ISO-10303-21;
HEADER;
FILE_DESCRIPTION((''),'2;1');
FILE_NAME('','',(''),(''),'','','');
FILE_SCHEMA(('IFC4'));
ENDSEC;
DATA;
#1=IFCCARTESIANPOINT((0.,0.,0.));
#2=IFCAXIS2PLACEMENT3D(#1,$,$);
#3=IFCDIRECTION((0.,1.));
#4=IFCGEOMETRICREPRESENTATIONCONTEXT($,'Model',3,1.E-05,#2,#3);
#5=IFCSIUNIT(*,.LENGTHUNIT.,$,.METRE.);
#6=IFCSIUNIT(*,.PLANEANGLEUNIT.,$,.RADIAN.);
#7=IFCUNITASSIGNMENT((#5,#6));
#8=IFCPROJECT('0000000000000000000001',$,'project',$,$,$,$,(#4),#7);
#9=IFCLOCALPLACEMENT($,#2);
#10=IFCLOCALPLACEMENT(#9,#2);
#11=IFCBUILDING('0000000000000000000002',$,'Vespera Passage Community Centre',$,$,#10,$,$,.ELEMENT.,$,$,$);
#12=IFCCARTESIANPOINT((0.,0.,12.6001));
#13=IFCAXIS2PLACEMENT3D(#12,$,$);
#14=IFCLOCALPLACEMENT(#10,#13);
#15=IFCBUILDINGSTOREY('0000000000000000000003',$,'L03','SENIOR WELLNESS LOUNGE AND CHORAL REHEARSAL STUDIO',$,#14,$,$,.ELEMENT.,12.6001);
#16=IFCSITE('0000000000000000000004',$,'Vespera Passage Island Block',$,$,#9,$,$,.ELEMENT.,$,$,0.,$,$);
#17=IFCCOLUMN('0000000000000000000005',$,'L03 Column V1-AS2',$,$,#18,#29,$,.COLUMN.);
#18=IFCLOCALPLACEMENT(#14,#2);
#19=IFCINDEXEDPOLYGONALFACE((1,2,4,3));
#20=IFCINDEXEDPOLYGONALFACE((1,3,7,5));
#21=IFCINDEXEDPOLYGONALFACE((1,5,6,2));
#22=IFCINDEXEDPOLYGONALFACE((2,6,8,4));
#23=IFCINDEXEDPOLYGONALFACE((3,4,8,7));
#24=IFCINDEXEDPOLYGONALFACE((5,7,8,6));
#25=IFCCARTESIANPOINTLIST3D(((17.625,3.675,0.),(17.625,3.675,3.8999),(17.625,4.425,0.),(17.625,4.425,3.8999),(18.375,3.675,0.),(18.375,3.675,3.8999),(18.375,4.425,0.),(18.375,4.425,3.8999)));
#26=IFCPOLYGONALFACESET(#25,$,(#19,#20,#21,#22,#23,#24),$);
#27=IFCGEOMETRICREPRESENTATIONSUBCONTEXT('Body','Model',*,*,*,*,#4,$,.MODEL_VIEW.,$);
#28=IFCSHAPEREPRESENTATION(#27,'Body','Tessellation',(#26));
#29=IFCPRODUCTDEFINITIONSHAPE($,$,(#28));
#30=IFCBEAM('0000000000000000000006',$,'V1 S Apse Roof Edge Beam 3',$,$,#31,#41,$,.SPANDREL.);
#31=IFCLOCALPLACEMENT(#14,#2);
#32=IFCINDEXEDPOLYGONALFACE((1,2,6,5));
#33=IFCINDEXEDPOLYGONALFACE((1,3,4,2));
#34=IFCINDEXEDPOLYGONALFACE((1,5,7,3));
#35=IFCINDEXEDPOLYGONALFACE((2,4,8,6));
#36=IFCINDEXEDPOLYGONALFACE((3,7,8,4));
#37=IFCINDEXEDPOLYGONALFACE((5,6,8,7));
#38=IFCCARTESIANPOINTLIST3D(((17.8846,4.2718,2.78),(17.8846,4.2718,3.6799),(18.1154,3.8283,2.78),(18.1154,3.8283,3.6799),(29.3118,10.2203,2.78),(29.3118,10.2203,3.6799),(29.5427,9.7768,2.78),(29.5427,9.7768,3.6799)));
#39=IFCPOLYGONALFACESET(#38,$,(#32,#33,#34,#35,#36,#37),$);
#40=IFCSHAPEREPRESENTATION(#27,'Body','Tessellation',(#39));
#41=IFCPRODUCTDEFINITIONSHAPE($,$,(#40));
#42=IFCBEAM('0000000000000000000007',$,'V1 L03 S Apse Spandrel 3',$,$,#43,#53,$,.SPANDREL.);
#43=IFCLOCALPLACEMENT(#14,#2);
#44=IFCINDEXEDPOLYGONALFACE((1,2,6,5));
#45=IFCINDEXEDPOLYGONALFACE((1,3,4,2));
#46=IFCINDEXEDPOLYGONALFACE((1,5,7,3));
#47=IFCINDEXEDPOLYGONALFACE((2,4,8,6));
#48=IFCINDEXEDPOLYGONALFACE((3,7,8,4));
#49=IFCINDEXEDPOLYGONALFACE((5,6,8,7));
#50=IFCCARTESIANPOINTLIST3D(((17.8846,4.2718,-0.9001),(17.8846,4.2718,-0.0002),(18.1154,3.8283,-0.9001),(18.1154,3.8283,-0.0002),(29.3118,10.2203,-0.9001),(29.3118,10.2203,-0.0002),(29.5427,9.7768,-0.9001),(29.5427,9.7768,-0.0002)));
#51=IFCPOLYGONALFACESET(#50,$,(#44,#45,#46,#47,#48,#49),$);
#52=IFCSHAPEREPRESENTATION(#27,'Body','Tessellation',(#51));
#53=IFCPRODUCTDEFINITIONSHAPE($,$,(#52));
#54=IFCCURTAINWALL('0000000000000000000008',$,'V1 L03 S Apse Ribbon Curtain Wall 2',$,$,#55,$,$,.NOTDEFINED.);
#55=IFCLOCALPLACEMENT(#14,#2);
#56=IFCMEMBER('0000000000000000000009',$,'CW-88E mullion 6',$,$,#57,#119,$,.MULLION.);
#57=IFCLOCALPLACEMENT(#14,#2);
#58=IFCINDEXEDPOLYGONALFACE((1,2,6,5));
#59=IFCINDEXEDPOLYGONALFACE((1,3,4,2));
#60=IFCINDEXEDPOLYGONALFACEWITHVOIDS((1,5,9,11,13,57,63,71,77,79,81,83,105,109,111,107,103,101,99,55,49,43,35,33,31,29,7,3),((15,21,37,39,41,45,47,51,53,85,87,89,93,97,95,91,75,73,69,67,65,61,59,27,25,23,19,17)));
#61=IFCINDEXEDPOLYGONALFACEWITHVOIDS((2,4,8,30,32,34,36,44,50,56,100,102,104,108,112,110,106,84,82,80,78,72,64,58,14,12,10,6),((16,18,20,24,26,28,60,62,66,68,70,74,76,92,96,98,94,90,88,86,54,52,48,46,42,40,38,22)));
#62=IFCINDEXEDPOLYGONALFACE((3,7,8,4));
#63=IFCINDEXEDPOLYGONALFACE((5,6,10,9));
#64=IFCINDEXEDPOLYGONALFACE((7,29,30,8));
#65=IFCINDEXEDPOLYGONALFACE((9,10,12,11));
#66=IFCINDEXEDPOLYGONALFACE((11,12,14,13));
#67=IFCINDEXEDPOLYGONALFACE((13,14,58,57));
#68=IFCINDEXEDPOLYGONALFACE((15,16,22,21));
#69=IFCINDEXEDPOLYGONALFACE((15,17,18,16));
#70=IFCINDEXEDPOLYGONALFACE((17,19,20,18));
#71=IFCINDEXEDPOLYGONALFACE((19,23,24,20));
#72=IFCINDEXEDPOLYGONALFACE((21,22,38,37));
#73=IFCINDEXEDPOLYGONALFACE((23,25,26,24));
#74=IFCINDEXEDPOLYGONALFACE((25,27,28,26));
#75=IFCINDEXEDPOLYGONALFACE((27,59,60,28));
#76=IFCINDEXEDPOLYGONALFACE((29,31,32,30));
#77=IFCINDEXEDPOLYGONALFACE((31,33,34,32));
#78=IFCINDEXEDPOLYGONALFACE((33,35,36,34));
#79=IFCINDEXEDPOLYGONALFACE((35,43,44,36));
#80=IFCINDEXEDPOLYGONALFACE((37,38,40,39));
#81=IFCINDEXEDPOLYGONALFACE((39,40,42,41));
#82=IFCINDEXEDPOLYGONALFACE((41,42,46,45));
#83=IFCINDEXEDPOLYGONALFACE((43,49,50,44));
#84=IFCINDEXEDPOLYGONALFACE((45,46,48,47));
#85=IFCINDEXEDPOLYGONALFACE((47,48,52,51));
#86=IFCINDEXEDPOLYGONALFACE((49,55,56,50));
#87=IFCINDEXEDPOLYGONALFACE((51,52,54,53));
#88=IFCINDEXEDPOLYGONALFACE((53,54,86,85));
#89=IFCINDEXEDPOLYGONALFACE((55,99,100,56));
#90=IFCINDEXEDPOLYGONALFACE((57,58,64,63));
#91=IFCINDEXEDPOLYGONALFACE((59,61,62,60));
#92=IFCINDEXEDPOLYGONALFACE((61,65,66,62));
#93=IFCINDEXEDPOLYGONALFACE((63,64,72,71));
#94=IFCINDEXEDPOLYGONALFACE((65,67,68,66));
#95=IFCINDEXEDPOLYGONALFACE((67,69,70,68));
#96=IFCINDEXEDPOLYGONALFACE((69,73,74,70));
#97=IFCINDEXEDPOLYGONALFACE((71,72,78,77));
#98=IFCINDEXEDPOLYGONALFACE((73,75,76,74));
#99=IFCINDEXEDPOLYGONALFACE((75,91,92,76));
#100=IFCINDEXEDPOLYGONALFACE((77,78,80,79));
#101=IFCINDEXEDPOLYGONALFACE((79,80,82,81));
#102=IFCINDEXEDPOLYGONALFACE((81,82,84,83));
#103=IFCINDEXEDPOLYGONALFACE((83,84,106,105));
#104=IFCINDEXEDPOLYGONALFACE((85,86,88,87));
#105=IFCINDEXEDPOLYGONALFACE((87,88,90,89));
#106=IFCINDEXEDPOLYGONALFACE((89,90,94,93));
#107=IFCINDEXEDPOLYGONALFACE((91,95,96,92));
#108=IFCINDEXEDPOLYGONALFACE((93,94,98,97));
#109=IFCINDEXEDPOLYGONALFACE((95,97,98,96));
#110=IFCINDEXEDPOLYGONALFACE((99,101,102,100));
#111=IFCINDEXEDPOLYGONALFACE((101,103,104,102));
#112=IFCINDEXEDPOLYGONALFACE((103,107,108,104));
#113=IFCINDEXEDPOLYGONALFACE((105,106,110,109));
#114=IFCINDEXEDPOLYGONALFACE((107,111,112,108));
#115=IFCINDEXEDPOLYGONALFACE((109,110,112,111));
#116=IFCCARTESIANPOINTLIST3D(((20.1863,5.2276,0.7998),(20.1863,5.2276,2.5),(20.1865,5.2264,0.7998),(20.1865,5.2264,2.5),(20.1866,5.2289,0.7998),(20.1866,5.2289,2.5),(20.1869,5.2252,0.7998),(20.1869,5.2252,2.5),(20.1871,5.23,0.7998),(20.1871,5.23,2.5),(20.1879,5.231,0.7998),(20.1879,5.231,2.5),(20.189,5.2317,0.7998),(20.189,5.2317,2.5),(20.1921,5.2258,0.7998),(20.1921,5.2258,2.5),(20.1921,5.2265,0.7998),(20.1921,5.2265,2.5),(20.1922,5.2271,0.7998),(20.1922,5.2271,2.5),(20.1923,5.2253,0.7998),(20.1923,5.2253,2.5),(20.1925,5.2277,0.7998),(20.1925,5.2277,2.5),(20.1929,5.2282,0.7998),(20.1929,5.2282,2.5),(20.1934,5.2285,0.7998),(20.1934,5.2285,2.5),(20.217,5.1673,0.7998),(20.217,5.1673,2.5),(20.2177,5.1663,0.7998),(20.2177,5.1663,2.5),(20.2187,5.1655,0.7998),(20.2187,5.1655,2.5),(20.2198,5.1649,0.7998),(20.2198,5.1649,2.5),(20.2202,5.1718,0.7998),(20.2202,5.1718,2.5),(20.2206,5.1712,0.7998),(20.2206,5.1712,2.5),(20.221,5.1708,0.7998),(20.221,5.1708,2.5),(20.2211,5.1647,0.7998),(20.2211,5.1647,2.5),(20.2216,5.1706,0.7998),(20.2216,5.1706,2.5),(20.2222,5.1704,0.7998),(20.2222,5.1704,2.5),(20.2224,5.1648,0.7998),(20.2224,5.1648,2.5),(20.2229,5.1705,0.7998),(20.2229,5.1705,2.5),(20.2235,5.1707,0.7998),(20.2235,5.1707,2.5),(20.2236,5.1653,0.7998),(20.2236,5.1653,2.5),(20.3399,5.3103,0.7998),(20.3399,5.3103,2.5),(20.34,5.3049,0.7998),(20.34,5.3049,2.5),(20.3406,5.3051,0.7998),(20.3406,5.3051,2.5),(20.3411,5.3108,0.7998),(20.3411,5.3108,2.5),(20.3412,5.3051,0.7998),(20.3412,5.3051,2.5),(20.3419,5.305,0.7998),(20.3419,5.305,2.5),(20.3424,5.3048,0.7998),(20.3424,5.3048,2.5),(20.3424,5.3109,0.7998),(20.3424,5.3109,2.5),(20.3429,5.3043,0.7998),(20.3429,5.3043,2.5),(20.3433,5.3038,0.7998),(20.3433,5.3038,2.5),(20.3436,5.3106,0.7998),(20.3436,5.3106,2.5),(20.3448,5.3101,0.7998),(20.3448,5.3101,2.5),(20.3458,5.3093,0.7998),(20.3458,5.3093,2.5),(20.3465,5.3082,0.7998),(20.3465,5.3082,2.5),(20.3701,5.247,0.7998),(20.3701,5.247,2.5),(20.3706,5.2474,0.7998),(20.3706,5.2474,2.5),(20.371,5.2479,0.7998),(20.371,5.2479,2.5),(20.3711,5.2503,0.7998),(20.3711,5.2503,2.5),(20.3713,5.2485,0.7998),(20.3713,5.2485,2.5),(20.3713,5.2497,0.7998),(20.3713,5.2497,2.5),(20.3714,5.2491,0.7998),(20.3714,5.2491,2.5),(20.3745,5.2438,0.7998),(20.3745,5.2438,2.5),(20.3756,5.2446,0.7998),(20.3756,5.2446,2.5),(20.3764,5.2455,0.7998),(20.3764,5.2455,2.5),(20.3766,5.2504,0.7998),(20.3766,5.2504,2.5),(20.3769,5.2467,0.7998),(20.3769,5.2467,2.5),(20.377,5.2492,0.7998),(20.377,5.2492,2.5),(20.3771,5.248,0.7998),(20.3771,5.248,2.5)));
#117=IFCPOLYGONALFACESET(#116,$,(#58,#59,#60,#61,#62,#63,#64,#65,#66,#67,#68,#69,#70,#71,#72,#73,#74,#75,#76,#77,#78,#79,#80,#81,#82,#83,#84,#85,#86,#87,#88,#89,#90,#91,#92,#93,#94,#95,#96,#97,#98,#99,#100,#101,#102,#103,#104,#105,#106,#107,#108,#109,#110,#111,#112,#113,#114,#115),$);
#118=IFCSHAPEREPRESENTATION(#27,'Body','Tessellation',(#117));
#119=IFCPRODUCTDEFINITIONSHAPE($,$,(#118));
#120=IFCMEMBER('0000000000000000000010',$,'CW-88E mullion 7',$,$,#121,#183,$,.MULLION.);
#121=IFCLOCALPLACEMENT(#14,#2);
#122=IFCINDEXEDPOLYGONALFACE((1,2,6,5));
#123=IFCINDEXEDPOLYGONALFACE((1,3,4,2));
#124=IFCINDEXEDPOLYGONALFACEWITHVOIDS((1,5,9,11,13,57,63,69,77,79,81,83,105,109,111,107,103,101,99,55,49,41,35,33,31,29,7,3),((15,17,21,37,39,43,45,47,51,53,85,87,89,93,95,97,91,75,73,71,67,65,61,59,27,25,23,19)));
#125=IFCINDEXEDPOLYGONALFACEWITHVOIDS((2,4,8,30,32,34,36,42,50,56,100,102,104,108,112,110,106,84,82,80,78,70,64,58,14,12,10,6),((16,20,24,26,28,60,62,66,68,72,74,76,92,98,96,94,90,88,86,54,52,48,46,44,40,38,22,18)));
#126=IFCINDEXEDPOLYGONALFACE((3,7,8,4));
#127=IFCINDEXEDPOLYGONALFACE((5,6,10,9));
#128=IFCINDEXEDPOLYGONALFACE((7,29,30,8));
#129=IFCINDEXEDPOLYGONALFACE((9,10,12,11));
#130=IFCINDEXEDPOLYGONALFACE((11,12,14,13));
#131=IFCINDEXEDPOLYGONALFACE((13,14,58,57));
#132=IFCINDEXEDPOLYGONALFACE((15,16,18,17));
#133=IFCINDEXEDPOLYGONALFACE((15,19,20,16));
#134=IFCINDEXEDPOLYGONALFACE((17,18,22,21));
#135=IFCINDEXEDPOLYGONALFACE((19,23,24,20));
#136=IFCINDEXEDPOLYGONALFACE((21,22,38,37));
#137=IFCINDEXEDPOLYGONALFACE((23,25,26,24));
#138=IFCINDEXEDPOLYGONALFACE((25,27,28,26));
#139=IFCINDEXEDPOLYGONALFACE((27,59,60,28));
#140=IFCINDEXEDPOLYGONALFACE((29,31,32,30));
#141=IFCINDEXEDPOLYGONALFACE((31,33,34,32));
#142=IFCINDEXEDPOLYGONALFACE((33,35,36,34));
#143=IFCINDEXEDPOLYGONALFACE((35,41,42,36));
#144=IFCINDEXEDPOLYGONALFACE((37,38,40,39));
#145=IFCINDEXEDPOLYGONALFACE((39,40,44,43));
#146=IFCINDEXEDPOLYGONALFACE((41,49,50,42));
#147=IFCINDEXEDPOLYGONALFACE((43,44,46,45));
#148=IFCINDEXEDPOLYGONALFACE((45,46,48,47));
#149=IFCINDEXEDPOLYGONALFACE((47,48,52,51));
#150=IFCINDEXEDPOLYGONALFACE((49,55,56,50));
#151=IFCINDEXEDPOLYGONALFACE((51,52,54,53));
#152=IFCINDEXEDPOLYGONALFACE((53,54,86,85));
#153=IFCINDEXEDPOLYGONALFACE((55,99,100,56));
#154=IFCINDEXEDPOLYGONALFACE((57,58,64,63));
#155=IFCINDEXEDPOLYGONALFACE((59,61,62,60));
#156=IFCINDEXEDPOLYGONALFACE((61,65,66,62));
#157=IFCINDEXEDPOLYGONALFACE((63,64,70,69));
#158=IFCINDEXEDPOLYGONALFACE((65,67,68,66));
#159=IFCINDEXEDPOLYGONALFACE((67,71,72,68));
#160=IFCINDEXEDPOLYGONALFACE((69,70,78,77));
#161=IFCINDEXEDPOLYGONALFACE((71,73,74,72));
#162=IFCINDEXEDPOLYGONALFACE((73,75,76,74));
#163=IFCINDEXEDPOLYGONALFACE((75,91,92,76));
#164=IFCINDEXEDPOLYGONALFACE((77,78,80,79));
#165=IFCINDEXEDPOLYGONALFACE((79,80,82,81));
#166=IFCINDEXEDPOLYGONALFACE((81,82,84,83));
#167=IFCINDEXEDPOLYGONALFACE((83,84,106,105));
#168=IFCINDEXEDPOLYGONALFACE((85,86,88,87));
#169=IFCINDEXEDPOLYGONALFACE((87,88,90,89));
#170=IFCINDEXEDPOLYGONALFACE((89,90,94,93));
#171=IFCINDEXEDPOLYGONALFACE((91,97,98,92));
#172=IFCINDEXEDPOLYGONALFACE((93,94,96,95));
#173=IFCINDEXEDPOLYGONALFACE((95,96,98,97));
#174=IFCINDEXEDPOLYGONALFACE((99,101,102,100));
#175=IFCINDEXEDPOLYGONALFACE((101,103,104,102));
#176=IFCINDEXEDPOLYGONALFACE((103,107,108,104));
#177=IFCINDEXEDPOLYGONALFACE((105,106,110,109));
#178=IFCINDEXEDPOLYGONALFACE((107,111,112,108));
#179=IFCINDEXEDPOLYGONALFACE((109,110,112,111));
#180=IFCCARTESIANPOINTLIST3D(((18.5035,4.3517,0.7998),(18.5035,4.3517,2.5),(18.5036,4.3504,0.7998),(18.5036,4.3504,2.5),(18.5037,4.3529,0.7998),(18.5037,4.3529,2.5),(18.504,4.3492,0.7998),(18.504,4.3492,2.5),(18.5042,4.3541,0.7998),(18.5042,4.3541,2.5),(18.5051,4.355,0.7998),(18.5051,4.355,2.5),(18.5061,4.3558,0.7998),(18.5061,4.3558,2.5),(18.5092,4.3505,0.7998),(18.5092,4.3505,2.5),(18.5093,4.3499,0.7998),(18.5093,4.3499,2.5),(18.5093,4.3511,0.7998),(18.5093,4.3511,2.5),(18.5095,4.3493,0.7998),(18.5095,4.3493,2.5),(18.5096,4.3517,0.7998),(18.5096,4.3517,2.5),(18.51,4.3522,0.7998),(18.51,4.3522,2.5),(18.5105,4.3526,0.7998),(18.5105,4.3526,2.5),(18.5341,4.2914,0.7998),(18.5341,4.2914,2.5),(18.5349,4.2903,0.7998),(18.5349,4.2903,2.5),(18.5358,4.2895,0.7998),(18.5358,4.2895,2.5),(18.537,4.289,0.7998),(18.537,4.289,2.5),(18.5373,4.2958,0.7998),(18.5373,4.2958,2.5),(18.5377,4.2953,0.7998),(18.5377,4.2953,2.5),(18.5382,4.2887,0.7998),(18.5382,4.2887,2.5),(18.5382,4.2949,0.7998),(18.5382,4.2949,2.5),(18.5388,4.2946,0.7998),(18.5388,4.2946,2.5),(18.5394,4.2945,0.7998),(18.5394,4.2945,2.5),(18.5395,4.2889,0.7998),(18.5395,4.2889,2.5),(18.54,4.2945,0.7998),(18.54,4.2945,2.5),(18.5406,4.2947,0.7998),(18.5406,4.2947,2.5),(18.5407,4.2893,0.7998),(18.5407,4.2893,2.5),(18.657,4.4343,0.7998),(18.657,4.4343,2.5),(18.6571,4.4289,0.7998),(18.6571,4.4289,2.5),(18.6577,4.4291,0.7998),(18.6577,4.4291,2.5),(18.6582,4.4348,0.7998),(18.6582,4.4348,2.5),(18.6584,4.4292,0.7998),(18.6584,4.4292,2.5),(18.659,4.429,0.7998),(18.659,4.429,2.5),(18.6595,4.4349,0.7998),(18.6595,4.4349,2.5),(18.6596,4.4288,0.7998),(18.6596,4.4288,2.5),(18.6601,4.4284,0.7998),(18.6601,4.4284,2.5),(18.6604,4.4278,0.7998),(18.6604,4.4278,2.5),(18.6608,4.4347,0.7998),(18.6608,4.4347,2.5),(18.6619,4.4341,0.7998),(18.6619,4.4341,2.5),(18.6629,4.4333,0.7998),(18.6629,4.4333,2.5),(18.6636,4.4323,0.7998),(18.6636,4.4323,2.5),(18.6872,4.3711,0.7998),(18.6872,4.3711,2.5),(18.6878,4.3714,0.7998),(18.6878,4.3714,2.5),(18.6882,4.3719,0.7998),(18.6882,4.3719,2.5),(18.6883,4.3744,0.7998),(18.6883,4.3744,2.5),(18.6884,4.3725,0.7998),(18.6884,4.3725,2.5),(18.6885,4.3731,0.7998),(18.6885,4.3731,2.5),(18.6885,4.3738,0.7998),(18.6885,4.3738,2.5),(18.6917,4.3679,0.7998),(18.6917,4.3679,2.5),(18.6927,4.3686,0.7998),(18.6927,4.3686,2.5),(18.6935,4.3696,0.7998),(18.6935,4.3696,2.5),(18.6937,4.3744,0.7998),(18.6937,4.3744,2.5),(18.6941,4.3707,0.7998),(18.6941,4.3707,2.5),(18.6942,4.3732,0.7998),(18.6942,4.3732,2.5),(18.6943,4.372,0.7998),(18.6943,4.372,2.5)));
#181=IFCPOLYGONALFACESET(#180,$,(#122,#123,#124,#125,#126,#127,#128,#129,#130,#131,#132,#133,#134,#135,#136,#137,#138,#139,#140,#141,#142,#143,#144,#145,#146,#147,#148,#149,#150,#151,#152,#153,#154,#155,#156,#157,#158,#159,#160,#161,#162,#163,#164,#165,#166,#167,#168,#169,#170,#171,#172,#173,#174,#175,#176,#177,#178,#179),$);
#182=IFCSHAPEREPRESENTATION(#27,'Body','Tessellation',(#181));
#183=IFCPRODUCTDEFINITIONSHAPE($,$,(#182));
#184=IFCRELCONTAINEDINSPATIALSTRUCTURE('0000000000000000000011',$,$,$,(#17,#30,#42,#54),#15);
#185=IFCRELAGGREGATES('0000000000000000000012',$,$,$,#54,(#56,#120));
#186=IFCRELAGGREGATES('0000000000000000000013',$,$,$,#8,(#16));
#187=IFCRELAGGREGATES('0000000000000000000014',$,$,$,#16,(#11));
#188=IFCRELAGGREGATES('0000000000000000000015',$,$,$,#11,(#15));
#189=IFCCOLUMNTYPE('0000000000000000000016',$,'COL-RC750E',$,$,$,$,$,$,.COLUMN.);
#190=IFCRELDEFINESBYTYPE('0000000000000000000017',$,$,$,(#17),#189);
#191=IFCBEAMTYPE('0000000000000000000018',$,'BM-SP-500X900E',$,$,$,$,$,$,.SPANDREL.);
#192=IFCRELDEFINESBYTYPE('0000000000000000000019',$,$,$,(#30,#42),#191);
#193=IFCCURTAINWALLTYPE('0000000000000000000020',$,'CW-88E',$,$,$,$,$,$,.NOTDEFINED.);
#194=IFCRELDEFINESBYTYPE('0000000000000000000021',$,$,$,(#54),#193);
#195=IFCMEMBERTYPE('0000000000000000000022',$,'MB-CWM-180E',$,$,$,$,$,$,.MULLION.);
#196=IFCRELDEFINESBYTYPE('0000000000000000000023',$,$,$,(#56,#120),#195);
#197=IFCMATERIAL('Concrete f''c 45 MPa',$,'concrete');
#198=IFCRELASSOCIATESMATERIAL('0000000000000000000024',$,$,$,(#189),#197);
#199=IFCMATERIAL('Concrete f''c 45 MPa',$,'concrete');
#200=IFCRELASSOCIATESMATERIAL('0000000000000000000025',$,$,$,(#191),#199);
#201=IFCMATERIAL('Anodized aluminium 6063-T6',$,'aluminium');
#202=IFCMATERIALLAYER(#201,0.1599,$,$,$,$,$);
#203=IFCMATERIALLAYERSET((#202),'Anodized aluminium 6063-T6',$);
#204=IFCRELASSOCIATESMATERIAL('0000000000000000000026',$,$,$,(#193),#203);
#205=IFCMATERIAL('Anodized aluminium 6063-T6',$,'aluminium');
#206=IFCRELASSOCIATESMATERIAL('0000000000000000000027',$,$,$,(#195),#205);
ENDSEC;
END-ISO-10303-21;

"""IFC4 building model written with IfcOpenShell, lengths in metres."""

from ifc_helpers import new_model, si_unit, direction, frame, origin, origin_2d, place, context, subcontext, project, spatial, rectangle, hollow_rectangle, extrude, material, layer, layer_set, material_profile, profile_set, type_object, element, aggregate, save


model = new_model("IFC4")

# Units and contexts
model_context = context("Model", 3, precision=1e-05, world=origin(), true_north=direction((0.0, 1.0)))
body_context = subcontext(model_context, "Body", "Model", "MODEL_VIEW")
ifc_project = project(units=[si_unit("LENGTHUNIT", "METRE"), si_unit("PLANEANGLEUNIT", "RADIAN")], contexts=[model_context])

# Site, building, storey
site_placement = place(None, origin())
site = spatial("IfcSite", under=ifc_project, at=site_placement, Name="Vespera Passage Island Block", CompositionType="ELEMENT", RefElevation=0.0)
building_placement = place(site_placement, origin())
building = spatial("IfcBuilding", under=site, at=building_placement, Name="Vespera Passage Community Centre", CompositionType="ELEMENT")
storey_placement = place(building_placement, frame((0.0, 0.0, 12.6001)))
storey = spatial("IfcBuildingStorey", under=building, at=storey_placement, Name="L03", Description="SENIOR WELLNESS LOUNGE AND CHORAL REHEARSAL STUDIO", CompositionType="ELEMENT", Elevation=12.6001)

# Column
ifc_material_1 = material(Name="Concrete f'c 45 MPa", Category="concrete")
ifc_material_profile_1 = material_profile(ifc_material_1, rectangle(XDim=0.75, YDim=0.75, at=origin_2d()), Name="RC750X750")
ifc_profile_set_1 = profile_set([ifc_material_profile_1], Name="Concrete f'c 45 MPa")
column_type = type_object("IfcColumnType", Name="COL-RC750E", PredefinedType="COLUMN", material=ifc_profile_set_1)
column_placement = place(storey_placement, frame((18.0, 4.05, 0.0), z_axis=(0.0, 0.0, 1.0), x_axis=(1.0, 0.0, 0.0)))
element("IfcColumn", 1, at=column_placement, inside=storey, type_object=column_type, Name="L03 Column V1-AS2", PredefinedType="COLUMN", context=body_context, shape_type="SweptSolid", body=[
    extrude(rectangle(XDim=0.75, YDim=0.75, at=origin_2d()), origin(), (0.0, 0.0, 1.0), 3.8999),
])

# Beams
ifc_material_2 = material(Name="Concrete f'c 45 MPa", Category="concrete")
ifc_material_profile_2 = material_profile(ifc_material_2, rectangle(XDim=0.5, YDim=0.8999, at=origin_2d()), Name="RC500X900")
ifc_profile_set_2 = profile_set([ifc_material_profile_2], Name="Concrete f'c 45 MPa")
beam_type = type_object("IfcBeamType", Name="BM-SP-500X900E", PredefinedType="SPANDREL", material=ifc_profile_set_2)
for number, where, z_axis, x_axis, name in (
    (2, (18.0, 4.05, 3.23), (0.887016, 0.461739, 0.0), (-0.461739, 0.887016, 0.0), "V1 S Apse Roof Edge Beam 3"),
    (3, (18.0, 4.05, -0.4502), (0.887016, 0.461739, 0.0), (-0.461739, 0.887016, 0.0), "V1 L03 S Apse Spandrel 3"),
):
    element("IfcBeam", number, at=place(storey_placement, frame(where, z_axis=z_axis, x_axis=x_axis)), inside=storey, type_object=beam_type, Name=name, PredefinedType="SPANDREL", context=body_context, shape_type="SweptSolid", body=[
        extrude(rectangle(XDim=0.5, YDim=0.8999, at=origin_2d()), origin(), (0.0, 0.0, 1.0), 12.8828),
    ])

# Curtain wall, members
ifc_material_3 = material(Name="Anodized aluminium 6063-T6", Category="aluminium")
ifc_layer_1 = layer(ifc_material_3, 0.1599)
ifc_layer_set_1 = layer_set([ifc_layer_1], Name="Anodized aluminium 6063-T6")
curtain_wall_type = type_object("IfcCurtainWallType", Name="CW-88E", PredefinedType="NOTDEFINED", material=ifc_layer_set_1)
curtain_wall_1_placement = place(storey_placement, origin())
curtain_wall_1 = element("IfcCurtainWall", 4, at=curtain_wall_1_placement, inside=storey, type_object=curtain_wall_type, Name="V1 L03 S Apse Ribbon Curtain Wall 2", PredefinedType="NOTDEFINED")
ifc_material_4 = material(Name="Anodized aluminium 6063-T6", Category="aluminium")
ifc_material_profile_3 = material_profile(ifc_material_4, hollow_rectangle(XDim=0.075, YDim=0.1799, WallThickness=0.0049, InnerFilletRadius=0.0024, OuterFilletRadius=0.0049, at=origin_2d()), Name="ALU180X75X5")
ifc_profile_set_3 = profile_set([ifc_material_profile_3], Name="Anodized aluminium 6063-T6")
member_type_1 = type_object("IfcMemberType", Name="MB-CWM-180E", PredefinedType="MULLION", material=ifc_profile_set_3)
member_1_placement = place(storey_placement, frame((20.2817, 5.2378, 0.7998), z_axis=(0.0, 0.0, 1.0), x_axis=(0.461745, -0.887013, 0.0)))
member_1 = element("IfcMember", 5, at=member_1_placement, type_object=member_type_1, Name="CW-88E mullion 6", PredefinedType="MULLION", context=body_context, shape_type="SweptSolid", body=[
    extrude(hollow_rectangle(XDim=0.075, YDim=0.1799, WallThickness=0.0049, InnerFilletRadius=0.0024, OuterFilletRadius=0.0049, at=origin_2d()), origin(), (0.0, 0.0, 1.0), 1.7002),
])
member_2_placement = place(storey_placement, frame((18.5989, 4.3618, 0.7998), z_axis=(0.0, 0.0, 1.0), x_axis=(0.461745, -0.887013, 0.0)))
member_2 = element("IfcMember", 6, at=member_2_placement, type_object=member_type_1, Name="CW-88E mullion 7", PredefinedType="MULLION", context=body_context, shape_type="SweptSolid", body=[
    extrude(hollow_rectangle(XDim=0.075, YDim=0.1799, WallThickness=0.0049, InnerFilletRadius=0.0024, OuterFilletRadius=0.0049, at=origin_2d()), origin(), (0.0, 0.0, 1.0), 1.7002),
])

aggregate(curtain_wall_1, [member_1, member_2])

save(model, "model.ifc")
